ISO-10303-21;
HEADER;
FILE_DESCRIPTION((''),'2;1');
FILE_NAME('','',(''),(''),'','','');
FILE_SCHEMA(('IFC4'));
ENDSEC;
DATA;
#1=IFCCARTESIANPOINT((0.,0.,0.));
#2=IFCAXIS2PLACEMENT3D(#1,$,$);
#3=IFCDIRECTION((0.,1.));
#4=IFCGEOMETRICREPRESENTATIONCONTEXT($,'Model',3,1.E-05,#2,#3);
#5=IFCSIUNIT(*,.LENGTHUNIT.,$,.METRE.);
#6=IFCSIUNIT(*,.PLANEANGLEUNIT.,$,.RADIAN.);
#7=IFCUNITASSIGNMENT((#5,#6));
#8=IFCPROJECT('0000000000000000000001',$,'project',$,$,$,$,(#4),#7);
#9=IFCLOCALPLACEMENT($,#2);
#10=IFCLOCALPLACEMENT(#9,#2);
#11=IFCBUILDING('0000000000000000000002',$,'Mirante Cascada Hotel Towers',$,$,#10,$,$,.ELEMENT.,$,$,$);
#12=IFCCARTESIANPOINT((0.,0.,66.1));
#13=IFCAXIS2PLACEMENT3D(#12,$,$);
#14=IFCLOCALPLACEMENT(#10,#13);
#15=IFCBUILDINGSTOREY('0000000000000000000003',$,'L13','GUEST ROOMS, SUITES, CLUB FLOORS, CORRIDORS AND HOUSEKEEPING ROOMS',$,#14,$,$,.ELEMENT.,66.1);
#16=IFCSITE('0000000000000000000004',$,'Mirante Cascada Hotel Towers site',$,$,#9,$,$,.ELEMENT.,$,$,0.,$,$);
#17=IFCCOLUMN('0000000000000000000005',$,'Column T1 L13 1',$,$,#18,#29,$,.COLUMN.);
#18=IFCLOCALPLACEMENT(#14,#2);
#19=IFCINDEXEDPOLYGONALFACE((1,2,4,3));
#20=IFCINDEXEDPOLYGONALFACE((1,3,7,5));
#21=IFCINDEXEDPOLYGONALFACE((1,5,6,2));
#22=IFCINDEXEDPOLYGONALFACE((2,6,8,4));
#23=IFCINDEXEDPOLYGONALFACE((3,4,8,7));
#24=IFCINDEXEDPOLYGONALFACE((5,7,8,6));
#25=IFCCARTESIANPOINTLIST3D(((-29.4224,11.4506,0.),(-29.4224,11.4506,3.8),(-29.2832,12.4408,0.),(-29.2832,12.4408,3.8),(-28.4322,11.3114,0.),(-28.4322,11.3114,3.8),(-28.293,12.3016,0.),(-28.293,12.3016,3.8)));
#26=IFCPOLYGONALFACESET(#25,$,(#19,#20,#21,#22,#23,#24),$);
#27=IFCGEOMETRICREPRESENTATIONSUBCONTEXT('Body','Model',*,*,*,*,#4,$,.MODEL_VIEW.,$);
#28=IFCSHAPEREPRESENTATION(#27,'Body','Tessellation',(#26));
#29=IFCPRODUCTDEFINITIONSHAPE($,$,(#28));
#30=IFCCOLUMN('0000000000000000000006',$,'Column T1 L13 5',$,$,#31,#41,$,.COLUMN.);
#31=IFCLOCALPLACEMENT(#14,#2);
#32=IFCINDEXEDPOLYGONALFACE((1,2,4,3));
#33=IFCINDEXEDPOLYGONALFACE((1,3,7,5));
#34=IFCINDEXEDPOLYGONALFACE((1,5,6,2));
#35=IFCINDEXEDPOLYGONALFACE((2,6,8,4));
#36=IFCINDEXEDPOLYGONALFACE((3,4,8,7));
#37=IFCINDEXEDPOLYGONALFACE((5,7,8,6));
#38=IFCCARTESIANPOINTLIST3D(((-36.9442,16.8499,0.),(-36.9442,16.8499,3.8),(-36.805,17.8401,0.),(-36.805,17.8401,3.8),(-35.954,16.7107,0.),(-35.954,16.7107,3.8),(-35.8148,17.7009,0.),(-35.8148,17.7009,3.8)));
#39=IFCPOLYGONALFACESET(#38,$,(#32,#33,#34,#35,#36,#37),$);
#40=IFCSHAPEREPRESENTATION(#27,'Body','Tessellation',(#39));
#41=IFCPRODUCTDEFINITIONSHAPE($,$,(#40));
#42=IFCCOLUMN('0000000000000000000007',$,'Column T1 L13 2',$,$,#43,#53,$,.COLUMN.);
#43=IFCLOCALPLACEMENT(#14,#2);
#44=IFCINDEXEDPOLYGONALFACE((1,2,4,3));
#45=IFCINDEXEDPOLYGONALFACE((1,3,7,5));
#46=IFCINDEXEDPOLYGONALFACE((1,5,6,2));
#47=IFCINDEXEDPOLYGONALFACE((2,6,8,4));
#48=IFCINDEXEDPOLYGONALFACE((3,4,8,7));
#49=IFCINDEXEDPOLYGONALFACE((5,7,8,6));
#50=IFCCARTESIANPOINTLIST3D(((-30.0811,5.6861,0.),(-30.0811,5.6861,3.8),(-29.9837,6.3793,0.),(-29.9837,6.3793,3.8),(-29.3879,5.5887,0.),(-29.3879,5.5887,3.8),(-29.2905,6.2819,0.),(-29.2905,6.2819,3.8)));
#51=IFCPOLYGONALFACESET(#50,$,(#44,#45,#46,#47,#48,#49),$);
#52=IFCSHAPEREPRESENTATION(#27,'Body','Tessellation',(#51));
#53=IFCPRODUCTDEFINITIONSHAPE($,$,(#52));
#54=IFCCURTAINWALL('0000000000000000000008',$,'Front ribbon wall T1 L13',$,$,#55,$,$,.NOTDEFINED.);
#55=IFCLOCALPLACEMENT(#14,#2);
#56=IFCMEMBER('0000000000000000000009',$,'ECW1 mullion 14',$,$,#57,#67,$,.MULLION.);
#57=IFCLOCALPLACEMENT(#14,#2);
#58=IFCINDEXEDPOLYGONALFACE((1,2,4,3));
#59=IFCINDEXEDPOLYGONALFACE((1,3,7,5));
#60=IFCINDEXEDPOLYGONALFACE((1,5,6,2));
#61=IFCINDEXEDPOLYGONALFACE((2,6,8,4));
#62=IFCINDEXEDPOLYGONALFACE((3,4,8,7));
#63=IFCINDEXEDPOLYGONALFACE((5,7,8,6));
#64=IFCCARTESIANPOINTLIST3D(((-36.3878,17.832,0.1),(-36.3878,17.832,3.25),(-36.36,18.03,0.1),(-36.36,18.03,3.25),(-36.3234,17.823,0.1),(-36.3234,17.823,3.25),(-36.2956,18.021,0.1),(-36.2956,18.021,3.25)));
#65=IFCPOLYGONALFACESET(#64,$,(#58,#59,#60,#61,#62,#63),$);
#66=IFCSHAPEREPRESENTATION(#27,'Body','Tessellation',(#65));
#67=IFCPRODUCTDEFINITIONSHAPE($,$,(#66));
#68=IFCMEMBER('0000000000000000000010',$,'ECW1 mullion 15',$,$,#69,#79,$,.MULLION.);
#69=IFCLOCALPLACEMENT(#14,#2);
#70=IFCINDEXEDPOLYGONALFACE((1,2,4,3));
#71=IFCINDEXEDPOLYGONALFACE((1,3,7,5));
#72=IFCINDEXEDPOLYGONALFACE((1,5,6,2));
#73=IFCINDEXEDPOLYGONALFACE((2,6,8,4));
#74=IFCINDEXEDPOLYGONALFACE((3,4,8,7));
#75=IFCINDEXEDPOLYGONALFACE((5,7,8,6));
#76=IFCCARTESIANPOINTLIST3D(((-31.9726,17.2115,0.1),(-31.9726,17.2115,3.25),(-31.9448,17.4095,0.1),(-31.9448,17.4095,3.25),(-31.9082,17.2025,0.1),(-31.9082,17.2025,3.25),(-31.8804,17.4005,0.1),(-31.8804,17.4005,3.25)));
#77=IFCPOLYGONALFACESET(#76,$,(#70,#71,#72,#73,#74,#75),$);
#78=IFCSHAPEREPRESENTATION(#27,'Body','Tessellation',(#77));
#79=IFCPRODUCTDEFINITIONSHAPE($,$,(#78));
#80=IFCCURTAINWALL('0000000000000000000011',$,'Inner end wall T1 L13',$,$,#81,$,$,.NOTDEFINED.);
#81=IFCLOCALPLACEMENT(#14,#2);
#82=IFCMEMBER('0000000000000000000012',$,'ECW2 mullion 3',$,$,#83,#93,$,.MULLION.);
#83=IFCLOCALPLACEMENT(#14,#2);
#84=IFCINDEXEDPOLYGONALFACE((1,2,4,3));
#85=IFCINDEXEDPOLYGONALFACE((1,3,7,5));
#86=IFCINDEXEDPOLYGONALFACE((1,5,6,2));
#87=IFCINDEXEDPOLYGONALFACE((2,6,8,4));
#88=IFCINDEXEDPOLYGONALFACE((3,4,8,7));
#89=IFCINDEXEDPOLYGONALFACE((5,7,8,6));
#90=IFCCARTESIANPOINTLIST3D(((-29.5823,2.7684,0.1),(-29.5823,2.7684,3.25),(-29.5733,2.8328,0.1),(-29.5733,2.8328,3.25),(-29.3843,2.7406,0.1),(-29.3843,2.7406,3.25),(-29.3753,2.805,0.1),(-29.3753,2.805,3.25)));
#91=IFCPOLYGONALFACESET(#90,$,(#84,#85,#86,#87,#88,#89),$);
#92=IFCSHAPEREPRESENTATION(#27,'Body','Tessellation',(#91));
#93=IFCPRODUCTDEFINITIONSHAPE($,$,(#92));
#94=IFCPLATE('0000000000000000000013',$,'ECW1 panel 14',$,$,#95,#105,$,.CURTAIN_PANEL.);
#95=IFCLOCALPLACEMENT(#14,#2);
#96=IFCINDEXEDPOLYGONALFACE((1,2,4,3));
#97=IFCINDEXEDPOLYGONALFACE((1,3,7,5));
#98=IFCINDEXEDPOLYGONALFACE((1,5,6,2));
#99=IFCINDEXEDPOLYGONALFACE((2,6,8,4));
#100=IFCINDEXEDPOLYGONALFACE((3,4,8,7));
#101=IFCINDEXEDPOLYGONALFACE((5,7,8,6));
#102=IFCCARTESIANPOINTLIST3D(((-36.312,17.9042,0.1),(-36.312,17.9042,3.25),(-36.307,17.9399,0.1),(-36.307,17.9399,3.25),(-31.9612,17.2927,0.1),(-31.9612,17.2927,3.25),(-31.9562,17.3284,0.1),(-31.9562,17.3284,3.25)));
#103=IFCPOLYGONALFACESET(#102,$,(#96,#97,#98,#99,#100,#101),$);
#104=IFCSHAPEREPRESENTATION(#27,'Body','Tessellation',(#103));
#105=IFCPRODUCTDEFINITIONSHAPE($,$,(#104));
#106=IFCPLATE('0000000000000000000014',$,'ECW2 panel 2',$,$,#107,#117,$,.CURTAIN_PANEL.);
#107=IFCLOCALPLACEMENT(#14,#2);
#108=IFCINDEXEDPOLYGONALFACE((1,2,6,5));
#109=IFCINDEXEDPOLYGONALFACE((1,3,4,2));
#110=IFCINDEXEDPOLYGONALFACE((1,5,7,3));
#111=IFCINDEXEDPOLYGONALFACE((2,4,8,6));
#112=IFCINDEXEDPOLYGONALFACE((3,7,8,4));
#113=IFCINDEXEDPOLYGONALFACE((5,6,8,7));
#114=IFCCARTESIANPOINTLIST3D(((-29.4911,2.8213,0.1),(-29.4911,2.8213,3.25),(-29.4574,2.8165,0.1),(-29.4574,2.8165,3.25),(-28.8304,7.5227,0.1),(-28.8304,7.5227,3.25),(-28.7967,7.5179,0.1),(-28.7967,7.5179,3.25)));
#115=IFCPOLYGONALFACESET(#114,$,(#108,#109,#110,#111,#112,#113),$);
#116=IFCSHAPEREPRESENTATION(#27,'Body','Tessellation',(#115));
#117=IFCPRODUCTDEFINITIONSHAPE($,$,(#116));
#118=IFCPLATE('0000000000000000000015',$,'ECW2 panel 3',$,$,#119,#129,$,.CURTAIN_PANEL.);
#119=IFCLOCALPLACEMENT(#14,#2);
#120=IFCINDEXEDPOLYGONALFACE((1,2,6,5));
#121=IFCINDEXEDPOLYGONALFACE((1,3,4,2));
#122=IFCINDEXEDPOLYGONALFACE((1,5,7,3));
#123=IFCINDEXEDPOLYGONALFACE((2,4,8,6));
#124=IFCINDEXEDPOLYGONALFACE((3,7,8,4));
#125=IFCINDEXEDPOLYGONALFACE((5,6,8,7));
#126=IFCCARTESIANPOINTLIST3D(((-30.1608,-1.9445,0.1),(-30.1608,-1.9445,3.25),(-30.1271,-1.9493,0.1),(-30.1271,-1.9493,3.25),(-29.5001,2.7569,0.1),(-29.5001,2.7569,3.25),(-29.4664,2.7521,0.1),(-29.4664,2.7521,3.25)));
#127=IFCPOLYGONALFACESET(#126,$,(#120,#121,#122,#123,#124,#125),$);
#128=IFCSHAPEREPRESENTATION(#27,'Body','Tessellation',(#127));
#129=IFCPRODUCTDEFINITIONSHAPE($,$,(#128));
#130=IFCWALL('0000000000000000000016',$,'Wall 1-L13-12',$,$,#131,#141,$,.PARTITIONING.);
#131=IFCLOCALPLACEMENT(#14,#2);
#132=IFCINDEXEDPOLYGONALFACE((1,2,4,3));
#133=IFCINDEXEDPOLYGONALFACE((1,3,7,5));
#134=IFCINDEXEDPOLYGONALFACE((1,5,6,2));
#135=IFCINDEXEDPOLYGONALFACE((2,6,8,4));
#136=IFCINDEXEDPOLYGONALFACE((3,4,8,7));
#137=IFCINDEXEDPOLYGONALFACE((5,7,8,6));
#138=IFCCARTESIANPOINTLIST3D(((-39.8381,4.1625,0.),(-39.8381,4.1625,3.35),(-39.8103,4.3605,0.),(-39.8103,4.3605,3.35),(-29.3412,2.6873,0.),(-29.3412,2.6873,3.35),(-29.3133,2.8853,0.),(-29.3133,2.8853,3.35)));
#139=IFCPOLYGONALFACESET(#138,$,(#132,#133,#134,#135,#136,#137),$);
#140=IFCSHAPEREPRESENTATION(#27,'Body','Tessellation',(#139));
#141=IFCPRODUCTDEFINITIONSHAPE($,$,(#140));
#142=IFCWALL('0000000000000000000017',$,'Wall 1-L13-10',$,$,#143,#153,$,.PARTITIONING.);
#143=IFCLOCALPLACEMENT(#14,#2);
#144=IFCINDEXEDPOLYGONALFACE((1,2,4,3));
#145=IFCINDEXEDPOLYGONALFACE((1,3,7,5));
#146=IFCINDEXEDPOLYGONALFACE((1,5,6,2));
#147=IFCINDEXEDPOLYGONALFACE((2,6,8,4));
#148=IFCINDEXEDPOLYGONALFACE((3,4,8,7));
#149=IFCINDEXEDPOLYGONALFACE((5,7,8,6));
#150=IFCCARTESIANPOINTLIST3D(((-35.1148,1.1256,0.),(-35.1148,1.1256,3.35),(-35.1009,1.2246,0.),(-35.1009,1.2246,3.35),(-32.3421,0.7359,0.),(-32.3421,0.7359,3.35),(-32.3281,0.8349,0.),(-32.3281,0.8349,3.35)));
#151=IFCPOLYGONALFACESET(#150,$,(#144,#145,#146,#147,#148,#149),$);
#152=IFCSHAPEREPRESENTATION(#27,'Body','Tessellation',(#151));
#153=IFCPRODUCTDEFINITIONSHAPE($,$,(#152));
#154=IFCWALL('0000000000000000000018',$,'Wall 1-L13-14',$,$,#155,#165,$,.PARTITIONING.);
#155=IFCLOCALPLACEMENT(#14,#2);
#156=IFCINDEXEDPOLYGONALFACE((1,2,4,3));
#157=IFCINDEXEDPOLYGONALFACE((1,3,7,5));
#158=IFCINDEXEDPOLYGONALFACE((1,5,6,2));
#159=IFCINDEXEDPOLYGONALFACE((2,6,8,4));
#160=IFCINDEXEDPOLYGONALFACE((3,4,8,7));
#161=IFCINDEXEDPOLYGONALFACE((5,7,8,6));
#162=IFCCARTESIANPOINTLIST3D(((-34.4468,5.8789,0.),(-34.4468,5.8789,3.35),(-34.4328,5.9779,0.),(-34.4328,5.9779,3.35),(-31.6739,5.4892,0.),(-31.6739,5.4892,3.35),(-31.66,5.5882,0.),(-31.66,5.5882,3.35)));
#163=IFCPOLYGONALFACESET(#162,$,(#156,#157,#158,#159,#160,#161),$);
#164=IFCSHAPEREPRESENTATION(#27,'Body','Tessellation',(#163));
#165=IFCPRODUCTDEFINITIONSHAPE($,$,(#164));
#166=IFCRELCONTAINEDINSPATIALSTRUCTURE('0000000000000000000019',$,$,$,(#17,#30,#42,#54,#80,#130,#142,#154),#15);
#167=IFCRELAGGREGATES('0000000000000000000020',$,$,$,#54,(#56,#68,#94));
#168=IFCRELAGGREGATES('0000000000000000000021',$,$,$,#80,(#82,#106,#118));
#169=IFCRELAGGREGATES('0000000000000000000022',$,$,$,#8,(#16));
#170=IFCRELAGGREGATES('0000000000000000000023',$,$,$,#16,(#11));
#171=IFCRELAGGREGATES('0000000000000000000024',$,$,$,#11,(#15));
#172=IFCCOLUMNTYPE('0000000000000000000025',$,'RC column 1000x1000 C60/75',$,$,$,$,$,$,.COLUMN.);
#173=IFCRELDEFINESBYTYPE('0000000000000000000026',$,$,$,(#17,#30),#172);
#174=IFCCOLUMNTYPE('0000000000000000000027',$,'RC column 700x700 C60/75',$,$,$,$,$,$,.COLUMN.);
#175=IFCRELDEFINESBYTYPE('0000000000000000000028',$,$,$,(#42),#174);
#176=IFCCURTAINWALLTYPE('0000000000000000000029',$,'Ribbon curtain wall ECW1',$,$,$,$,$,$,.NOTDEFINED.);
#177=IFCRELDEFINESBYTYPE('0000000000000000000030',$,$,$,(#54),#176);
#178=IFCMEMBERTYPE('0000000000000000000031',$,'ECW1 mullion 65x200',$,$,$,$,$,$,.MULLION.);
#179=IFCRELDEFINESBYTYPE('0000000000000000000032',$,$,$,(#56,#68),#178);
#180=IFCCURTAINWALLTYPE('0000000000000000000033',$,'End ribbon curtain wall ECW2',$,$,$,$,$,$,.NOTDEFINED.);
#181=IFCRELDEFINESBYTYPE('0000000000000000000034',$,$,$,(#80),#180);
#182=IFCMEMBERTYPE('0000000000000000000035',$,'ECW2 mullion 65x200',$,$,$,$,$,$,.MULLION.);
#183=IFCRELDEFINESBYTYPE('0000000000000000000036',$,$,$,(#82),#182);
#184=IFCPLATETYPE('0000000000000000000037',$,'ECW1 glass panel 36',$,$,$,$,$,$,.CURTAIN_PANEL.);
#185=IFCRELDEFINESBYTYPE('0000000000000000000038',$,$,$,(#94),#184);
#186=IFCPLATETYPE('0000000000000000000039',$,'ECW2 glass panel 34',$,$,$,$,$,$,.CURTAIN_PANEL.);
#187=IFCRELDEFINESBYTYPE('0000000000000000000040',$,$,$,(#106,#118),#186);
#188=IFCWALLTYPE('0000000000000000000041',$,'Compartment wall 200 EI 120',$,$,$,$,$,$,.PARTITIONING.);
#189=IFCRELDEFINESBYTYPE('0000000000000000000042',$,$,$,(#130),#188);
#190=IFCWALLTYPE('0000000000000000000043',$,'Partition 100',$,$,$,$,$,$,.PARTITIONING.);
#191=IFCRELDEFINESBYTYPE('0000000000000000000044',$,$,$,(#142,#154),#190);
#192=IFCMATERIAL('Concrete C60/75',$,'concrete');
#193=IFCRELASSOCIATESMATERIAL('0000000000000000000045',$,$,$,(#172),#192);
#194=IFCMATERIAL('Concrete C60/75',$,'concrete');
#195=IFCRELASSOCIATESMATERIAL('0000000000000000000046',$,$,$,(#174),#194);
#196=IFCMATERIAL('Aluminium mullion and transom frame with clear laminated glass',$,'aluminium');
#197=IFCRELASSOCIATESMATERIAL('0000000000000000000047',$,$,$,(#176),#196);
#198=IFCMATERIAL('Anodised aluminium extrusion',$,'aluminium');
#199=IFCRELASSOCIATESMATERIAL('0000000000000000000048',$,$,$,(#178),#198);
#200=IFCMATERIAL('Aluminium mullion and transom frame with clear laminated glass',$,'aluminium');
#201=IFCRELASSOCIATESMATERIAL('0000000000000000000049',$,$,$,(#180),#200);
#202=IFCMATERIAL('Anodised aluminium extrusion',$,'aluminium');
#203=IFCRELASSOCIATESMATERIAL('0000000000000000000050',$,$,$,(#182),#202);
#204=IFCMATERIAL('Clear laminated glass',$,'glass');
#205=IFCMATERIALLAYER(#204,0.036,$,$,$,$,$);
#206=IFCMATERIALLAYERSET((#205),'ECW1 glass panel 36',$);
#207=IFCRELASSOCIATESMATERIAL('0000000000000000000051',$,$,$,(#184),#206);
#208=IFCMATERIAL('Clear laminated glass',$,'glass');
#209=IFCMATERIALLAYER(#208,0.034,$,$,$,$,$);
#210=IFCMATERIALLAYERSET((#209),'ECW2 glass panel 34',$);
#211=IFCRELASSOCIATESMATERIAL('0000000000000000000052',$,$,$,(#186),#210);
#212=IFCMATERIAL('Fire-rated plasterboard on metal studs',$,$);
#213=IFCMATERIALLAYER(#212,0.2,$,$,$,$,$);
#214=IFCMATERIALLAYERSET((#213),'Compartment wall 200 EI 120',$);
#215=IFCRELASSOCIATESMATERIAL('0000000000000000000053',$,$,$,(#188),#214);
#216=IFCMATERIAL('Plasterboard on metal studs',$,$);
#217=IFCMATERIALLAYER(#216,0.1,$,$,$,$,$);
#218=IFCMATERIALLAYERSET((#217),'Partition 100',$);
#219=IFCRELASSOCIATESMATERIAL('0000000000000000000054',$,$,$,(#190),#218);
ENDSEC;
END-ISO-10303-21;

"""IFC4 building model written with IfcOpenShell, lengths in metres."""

from ifc_helpers import new_model, si_unit, direction, frame, frame_2d, origin, origin_2d, place, context, subcontext, project, spatial, rectangle, extrude, material, layer, layer_set, material_profile, profile_set, type_object, element, aggregate, save


model = new_model("IFC4")

# Units and contexts
model_context = context("Model", 3, precision=1e-05, world=origin(), true_north=direction((0.0, 1.0)))
body_context = subcontext(model_context, "Body", "Model", "MODEL_VIEW")
ifc_project = project(units=[si_unit("LENGTHUNIT", "METRE"), si_unit("PLANEANGLEUNIT", "RADIAN")], contexts=[model_context])

# Site, building, storey
site_placement = place(None, origin())
site = spatial("IfcSite", under=ifc_project, at=site_placement, Name="Mirante Cascada Hotel Towers site", CompositionType="ELEMENT", RefElevation=0.0)
building_placement = place(site_placement, origin())
building = spatial("IfcBuilding", under=site, at=building_placement, Name="Mirante Cascada Hotel Towers", CompositionType="ELEMENT")
storey_placement = place(building_placement, frame((0.0, 0.0, 66.1)))
storey = spatial("IfcBuildingStorey", under=building, at=storey_placement, Name="L13", Description="GUEST ROOMS, SUITES, CLUB FLOORS, CORRIDORS AND HOUSEKEEPING ROOMS", CompositionType="ELEMENT", Elevation=66.1)

# Columns
ifc_material_1 = material(Name="Concrete C60/75", Category="concrete")
ifc_material_profile_1 = material_profile(ifc_material_1, rectangle(XDim=1.0, YDim=1.0, at=origin_2d()), Name="RC column 1000x1000 C60/75")
ifc_profile_set_1 = profile_set([ifc_material_profile_1], Name="Concrete C60/75")
column_type_1 = type_object("IfcColumnType", Name="RC column 1000x1000 C60/75", PredefinedType="COLUMN", material=ifc_profile_set_1)
for number, where, z_axis, x_axis, name in (
    (1, (-28.8577, 11.8761, 0.0), (0.0, 0.0, 1.0), (-0.990268, 0.139173, 0.0), "Column T1 L13 1"),
    (2, (-36.3795, 17.2754, 0.0), (0.0, 0.0, 1.0), (-0.990268, 0.139173, 0.0), "Column T1 L13 5"),
):
    element("IfcColumn", number, at=place(storey_placement, frame(where, z_axis=z_axis, x_axis=x_axis)), inside=storey, type_object=column_type_1, Name=name, PredefinedType="COLUMN", context=body_context, shape_type="SweptSolid", body=[
        extrude(rectangle(XDim=1.0, YDim=1.0, at=origin_2d()), origin(), (0.0, 0.0, 1.0), 3.8),
    ])
ifc_material_2 = material(Name="Concrete C60/75", Category="concrete")
ifc_material_profile_2 = material_profile(ifc_material_2, rectangle(XDim=0.7, YDim=0.7, at=origin_2d()), Name="RC column 700x700 C60/75")
ifc_profile_set_2 = profile_set([ifc_material_profile_2], Name="Concrete C60/75")
column_type_2 = type_object("IfcColumnType", Name="RC column 700x700 C60/75", PredefinedType="COLUMN", material=ifc_profile_set_2)
column_placement = place(storey_placement, frame((-29.6858, 5.984, 0.0), z_axis=(0.0, 0.0, 1.0), x_axis=(-0.990268, 0.139173, 0.0)))
element("IfcColumn", 3, at=column_placement, inside=storey, type_object=column_type_2, Name="Column T1 L13 2", PredefinedType="COLUMN", context=body_context, shape_type="SweptSolid", body=[
    extrude(rectangle(XDim=0.7, YDim=0.7, at=origin_2d()), origin(), (0.0, 0.0, 1.0), 3.8),
])

# Curtain wall, members
ifc_material_3 = material(Name="Aluminium mullion and transom frame with clear laminated glass", Category="aluminium")
curtain_wall_type_1 = type_object("IfcCurtainWallType", Name="Ribbon curtain wall ECW1", PredefinedType="NOTDEFINED", material=ifc_material_3)
curtain_wall_1_placement = place(storey_placement, origin())
curtain_wall_1 = element("IfcCurtainWall", 4, at=curtain_wall_1_placement, inside=storey, type_object=curtain_wall_type_1, Name="Front ribbon wall T1 L13", PredefinedType="NOTDEFINED")
ifc_material_4 = material(Name="Anodised aluminium extrusion", Category="aluminium")
ifc_material_profile_3 = material_profile(ifc_material_4, rectangle(XDim=0.2, YDim=0.065, at=origin_2d()), Name="ECW1 MULLION 65x200")
ifc_profile_set_3 = profile_set([ifc_material_profile_3], Name="Anodised aluminium extrusion")
member_type_1 = type_object("IfcMemberType", Name="ECW1 mullion 65x200", PredefinedType="MULLION", material=ifc_profile_set_3)
member_1_placement = place(storey_placement, frame((-36.3417, 17.9265, 0.1), z_axis=(0.0, 0.0, 1.0), x_axis=(0.139173, 0.990268, 0.0)))
member_1 = element("IfcMember", 5, at=member_1_placement, type_object=member_type_1, Name="ECW1 mullion 14", PredefinedType="MULLION", context=body_context, shape_type="SweptSolid", body=[
    extrude(rectangle(XDim=0.2, YDim=0.065, at=origin_2d()), origin(), (0.0, 0.0, 1.0), 3.15),
])
member_2_placement = place(storey_placement, frame((-31.9265, 17.306, 0.1), z_axis=(0.0, 0.0, 1.0), x_axis=(0.139173, 0.990268, 0.0)))
member_2 = element("IfcMember", 6, at=member_2_placement, type_object=member_type_1, Name="ECW1 mullion 15", PredefinedType="MULLION", context=body_context, shape_type="SweptSolid", body=[
    extrude(rectangle(XDim=0.2, YDim=0.065, at=origin_2d()), origin(), (0.0, 0.0, 1.0), 3.15),
])

# Curtain wall, member
ifc_material_5 = material(Name="Aluminium mullion and transom frame with clear laminated glass", Category="aluminium")
curtain_wall_type_2 = type_object("IfcCurtainWallType", Name="End ribbon curtain wall ECW2", PredefinedType="NOTDEFINED", material=ifc_material_5)
curtain_wall_2_placement = place(storey_placement, origin())
curtain_wall_2 = element("IfcCurtainWall", 7, at=curtain_wall_2_placement, inside=storey, type_object=curtain_wall_type_2, Name="Inner end wall T1 L13", PredefinedType="NOTDEFINED")
ifc_material_6 = material(Name="Anodised aluminium extrusion", Category="aluminium")
ifc_material_profile_4 = material_profile(ifc_material_6, rectangle(XDim=0.2, YDim=0.065, at=origin_2d()), Name="ECW2 MULLION 65x200")
ifc_profile_set_4 = profile_set([ifc_material_profile_4], Name="Anodised aluminium extrusion")
member_type_2 = type_object("IfcMemberType", Name="ECW2 mullion 65x200", PredefinedType="MULLION", material=ifc_profile_set_4)
member_3_placement = place(storey_placement, frame((-29.4788, 2.7867, 0.1), z_axis=(0.0, 0.0, 1.0), x_axis=(0.990268, -0.139173, 0.0)))
member_3 = element("IfcMember", 8, at=member_3_placement, type_object=member_type_2, Name="ECW2 mullion 3", PredefinedType="MULLION", context=body_context, shape_type="SweptSolid", body=[
    extrude(rectangle(XDim=0.2, YDim=0.065, at=origin_2d()), origin(), (0.0, 0.0, 1.0), 3.15),
])

# Plates
ifc_material_7 = material(Name="Clear laminated glass", Category="glass")
ifc_layer_1 = layer(ifc_material_7, 0.036)
ifc_layer_set_1 = layer_set([ifc_layer_1], Name="ECW1 glass panel 36")
plate_type_1 = type_object("IfcPlateType", Name="ECW1 glass panel 36", PredefinedType="CURTAIN_PANEL", material=ifc_layer_set_1)
plate_1_placement = place(storey_placement, frame((-34.1341, 17.6163, 0.1), z_axis=(0.0, 0.0, 1.0), x_axis=(0.990268, -0.139173, 0.0)))
plate_1 = element("IfcPlate", 9, at=plate_1_placement, type_object=plate_type_1, Name="ECW1 panel 14", PredefinedType="CURTAIN_PANEL", context=body_context, shape_type="SweptSolid", body=[
    extrude(rectangle(XDim=4.3936, YDim=0.036, at=origin_2d()), origin(), (0.0, 0.0, 1.0), 3.15),
])
aggregate(curtain_wall_1, [member_1, member_2, plate_1])
ifc_material_8 = material(Name="Clear laminated glass", Category="glass")
ifc_layer_2 = layer(ifc_material_8, 0.034)
ifc_layer_set_2 = layer_set([ifc_layer_2], Name="ECW2 glass panel 34")
plate_type_2 = type_object("IfcPlateType", Name="ECW2 glass panel 34", PredefinedType="CURTAIN_PANEL", material=ifc_layer_set_2)
plate_2_placement = place(storey_placement, frame((-29.1439, 5.1696, 0.1), z_axis=(0.0, 0.0, 1.0), x_axis=(-0.139173, -0.990268, 0.0)))
plate_2 = element("IfcPlate", 10, at=plate_2_placement, type_object=plate_type_2, Name="ECW2 panel 2", PredefinedType="CURTAIN_PANEL", context=body_context, shape_type="SweptSolid", body=[
    extrude(rectangle(XDim=4.7476, YDim=0.034, at=origin_2d()), origin(), (0.0, 0.0, 1.0), 3.15),
])
plate_3_placement = place(storey_placement, frame((-29.8136, 0.4038, 0.1), z_axis=(0.0, 0.0, 1.0), x_axis=(-0.139173, -0.990268, 0.0)))
plate_3 = element("IfcPlate", 11, at=plate_3_placement, type_object=plate_type_2, Name="ECW2 panel 3", PredefinedType="CURTAIN_PANEL", context=body_context, shape_type="SweptSolid", body=[
    extrude(rectangle(XDim=4.7476, YDim=0.034, at=origin_2d()), origin(), (0.0, 0.0, 1.0), 3.15),
])
aggregate(curtain_wall_2, [member_3, plate_2, plate_3])

# Walls
ifc_material_9 = material(Name="Fire-rated plasterboard on metal studs")
ifc_layer_3 = layer(ifc_material_9, 0.2)
ifc_layer_set_3 = layer_set([ifc_layer_3], Name="Compartment wall 200 EI 120")
wall_type_1 = type_object("IfcWallType", Name="Compartment wall 200 EI 120", PredefinedType="PARTITIONING", material=ifc_layer_set_3)
wall_1_placement = place(storey_placement, frame((-29.3273, 2.7863, 0.0), z_axis=(0.0, 0.0, 1.0), x_axis=(-0.990269, 0.139169, 0.0)))
element("IfcWall", 12, at=wall_1_placement, inside=storey, type_object=wall_type_1, Name="Wall 1-L13-12", PredefinedType="PARTITIONING", context=body_context, shape_type="SweptSolid", body=[
    extrude(rectangle(XDim=10.6001, YDim=0.2, at=frame_2d((5.3, 0.0))), origin(), (0.0, 0.0, 1.0), 3.35),
])
ifc_material_10 = material(Name="Plasterboard on metal studs")
ifc_layer_4 = layer(ifc_material_10, 0.1)
ifc_layer_set_4 = layer_set([ifc_layer_4], Name="Partition 100")
wall_type_2 = type_object("IfcWallType", Name="Partition 100", PredefinedType="PARTITIONING", material=ifc_layer_set_4)
wall_2_placement = place(storey_placement, frame((-32.3351, 0.7854, 0.0), z_axis=(0.0, 0.0, 1.0), x_axis=(-0.990267, 0.139181, 0.0)))
element("IfcWall", 13, at=wall_2_placement, inside=storey, type_object=wall_type_2, Name="Wall 1-L13-10", PredefinedType="PARTITIONING", context=body_context, shape_type="SweptSolid", body=[
    extrude(rectangle(XDim=2.8, YDim=0.1, at=frame_2d((1.4, 0.0))), origin(), (0.0, 0.0, 1.0), 3.35),
])
wall_3_placement = place(storey_placement, frame((-31.667, 5.5387, 0.0), z_axis=(0.0, 0.0, 1.0), x_axis=(-0.990268, 0.139176, 0.0)))
element("IfcWall", 14, at=wall_3_placement, inside=storey, type_object=wall_type_2, Name="Wall 1-L13-14", PredefinedType="PARTITIONING", context=body_context, shape_type="SweptSolid", body=[
    extrude(rectangle(XDim=2.8001, YDim=0.1, at=frame_2d((1.4, 0.0))), origin(), (0.0, 0.0, 1.0), 3.35),
])

save(model, "model.ifc")
